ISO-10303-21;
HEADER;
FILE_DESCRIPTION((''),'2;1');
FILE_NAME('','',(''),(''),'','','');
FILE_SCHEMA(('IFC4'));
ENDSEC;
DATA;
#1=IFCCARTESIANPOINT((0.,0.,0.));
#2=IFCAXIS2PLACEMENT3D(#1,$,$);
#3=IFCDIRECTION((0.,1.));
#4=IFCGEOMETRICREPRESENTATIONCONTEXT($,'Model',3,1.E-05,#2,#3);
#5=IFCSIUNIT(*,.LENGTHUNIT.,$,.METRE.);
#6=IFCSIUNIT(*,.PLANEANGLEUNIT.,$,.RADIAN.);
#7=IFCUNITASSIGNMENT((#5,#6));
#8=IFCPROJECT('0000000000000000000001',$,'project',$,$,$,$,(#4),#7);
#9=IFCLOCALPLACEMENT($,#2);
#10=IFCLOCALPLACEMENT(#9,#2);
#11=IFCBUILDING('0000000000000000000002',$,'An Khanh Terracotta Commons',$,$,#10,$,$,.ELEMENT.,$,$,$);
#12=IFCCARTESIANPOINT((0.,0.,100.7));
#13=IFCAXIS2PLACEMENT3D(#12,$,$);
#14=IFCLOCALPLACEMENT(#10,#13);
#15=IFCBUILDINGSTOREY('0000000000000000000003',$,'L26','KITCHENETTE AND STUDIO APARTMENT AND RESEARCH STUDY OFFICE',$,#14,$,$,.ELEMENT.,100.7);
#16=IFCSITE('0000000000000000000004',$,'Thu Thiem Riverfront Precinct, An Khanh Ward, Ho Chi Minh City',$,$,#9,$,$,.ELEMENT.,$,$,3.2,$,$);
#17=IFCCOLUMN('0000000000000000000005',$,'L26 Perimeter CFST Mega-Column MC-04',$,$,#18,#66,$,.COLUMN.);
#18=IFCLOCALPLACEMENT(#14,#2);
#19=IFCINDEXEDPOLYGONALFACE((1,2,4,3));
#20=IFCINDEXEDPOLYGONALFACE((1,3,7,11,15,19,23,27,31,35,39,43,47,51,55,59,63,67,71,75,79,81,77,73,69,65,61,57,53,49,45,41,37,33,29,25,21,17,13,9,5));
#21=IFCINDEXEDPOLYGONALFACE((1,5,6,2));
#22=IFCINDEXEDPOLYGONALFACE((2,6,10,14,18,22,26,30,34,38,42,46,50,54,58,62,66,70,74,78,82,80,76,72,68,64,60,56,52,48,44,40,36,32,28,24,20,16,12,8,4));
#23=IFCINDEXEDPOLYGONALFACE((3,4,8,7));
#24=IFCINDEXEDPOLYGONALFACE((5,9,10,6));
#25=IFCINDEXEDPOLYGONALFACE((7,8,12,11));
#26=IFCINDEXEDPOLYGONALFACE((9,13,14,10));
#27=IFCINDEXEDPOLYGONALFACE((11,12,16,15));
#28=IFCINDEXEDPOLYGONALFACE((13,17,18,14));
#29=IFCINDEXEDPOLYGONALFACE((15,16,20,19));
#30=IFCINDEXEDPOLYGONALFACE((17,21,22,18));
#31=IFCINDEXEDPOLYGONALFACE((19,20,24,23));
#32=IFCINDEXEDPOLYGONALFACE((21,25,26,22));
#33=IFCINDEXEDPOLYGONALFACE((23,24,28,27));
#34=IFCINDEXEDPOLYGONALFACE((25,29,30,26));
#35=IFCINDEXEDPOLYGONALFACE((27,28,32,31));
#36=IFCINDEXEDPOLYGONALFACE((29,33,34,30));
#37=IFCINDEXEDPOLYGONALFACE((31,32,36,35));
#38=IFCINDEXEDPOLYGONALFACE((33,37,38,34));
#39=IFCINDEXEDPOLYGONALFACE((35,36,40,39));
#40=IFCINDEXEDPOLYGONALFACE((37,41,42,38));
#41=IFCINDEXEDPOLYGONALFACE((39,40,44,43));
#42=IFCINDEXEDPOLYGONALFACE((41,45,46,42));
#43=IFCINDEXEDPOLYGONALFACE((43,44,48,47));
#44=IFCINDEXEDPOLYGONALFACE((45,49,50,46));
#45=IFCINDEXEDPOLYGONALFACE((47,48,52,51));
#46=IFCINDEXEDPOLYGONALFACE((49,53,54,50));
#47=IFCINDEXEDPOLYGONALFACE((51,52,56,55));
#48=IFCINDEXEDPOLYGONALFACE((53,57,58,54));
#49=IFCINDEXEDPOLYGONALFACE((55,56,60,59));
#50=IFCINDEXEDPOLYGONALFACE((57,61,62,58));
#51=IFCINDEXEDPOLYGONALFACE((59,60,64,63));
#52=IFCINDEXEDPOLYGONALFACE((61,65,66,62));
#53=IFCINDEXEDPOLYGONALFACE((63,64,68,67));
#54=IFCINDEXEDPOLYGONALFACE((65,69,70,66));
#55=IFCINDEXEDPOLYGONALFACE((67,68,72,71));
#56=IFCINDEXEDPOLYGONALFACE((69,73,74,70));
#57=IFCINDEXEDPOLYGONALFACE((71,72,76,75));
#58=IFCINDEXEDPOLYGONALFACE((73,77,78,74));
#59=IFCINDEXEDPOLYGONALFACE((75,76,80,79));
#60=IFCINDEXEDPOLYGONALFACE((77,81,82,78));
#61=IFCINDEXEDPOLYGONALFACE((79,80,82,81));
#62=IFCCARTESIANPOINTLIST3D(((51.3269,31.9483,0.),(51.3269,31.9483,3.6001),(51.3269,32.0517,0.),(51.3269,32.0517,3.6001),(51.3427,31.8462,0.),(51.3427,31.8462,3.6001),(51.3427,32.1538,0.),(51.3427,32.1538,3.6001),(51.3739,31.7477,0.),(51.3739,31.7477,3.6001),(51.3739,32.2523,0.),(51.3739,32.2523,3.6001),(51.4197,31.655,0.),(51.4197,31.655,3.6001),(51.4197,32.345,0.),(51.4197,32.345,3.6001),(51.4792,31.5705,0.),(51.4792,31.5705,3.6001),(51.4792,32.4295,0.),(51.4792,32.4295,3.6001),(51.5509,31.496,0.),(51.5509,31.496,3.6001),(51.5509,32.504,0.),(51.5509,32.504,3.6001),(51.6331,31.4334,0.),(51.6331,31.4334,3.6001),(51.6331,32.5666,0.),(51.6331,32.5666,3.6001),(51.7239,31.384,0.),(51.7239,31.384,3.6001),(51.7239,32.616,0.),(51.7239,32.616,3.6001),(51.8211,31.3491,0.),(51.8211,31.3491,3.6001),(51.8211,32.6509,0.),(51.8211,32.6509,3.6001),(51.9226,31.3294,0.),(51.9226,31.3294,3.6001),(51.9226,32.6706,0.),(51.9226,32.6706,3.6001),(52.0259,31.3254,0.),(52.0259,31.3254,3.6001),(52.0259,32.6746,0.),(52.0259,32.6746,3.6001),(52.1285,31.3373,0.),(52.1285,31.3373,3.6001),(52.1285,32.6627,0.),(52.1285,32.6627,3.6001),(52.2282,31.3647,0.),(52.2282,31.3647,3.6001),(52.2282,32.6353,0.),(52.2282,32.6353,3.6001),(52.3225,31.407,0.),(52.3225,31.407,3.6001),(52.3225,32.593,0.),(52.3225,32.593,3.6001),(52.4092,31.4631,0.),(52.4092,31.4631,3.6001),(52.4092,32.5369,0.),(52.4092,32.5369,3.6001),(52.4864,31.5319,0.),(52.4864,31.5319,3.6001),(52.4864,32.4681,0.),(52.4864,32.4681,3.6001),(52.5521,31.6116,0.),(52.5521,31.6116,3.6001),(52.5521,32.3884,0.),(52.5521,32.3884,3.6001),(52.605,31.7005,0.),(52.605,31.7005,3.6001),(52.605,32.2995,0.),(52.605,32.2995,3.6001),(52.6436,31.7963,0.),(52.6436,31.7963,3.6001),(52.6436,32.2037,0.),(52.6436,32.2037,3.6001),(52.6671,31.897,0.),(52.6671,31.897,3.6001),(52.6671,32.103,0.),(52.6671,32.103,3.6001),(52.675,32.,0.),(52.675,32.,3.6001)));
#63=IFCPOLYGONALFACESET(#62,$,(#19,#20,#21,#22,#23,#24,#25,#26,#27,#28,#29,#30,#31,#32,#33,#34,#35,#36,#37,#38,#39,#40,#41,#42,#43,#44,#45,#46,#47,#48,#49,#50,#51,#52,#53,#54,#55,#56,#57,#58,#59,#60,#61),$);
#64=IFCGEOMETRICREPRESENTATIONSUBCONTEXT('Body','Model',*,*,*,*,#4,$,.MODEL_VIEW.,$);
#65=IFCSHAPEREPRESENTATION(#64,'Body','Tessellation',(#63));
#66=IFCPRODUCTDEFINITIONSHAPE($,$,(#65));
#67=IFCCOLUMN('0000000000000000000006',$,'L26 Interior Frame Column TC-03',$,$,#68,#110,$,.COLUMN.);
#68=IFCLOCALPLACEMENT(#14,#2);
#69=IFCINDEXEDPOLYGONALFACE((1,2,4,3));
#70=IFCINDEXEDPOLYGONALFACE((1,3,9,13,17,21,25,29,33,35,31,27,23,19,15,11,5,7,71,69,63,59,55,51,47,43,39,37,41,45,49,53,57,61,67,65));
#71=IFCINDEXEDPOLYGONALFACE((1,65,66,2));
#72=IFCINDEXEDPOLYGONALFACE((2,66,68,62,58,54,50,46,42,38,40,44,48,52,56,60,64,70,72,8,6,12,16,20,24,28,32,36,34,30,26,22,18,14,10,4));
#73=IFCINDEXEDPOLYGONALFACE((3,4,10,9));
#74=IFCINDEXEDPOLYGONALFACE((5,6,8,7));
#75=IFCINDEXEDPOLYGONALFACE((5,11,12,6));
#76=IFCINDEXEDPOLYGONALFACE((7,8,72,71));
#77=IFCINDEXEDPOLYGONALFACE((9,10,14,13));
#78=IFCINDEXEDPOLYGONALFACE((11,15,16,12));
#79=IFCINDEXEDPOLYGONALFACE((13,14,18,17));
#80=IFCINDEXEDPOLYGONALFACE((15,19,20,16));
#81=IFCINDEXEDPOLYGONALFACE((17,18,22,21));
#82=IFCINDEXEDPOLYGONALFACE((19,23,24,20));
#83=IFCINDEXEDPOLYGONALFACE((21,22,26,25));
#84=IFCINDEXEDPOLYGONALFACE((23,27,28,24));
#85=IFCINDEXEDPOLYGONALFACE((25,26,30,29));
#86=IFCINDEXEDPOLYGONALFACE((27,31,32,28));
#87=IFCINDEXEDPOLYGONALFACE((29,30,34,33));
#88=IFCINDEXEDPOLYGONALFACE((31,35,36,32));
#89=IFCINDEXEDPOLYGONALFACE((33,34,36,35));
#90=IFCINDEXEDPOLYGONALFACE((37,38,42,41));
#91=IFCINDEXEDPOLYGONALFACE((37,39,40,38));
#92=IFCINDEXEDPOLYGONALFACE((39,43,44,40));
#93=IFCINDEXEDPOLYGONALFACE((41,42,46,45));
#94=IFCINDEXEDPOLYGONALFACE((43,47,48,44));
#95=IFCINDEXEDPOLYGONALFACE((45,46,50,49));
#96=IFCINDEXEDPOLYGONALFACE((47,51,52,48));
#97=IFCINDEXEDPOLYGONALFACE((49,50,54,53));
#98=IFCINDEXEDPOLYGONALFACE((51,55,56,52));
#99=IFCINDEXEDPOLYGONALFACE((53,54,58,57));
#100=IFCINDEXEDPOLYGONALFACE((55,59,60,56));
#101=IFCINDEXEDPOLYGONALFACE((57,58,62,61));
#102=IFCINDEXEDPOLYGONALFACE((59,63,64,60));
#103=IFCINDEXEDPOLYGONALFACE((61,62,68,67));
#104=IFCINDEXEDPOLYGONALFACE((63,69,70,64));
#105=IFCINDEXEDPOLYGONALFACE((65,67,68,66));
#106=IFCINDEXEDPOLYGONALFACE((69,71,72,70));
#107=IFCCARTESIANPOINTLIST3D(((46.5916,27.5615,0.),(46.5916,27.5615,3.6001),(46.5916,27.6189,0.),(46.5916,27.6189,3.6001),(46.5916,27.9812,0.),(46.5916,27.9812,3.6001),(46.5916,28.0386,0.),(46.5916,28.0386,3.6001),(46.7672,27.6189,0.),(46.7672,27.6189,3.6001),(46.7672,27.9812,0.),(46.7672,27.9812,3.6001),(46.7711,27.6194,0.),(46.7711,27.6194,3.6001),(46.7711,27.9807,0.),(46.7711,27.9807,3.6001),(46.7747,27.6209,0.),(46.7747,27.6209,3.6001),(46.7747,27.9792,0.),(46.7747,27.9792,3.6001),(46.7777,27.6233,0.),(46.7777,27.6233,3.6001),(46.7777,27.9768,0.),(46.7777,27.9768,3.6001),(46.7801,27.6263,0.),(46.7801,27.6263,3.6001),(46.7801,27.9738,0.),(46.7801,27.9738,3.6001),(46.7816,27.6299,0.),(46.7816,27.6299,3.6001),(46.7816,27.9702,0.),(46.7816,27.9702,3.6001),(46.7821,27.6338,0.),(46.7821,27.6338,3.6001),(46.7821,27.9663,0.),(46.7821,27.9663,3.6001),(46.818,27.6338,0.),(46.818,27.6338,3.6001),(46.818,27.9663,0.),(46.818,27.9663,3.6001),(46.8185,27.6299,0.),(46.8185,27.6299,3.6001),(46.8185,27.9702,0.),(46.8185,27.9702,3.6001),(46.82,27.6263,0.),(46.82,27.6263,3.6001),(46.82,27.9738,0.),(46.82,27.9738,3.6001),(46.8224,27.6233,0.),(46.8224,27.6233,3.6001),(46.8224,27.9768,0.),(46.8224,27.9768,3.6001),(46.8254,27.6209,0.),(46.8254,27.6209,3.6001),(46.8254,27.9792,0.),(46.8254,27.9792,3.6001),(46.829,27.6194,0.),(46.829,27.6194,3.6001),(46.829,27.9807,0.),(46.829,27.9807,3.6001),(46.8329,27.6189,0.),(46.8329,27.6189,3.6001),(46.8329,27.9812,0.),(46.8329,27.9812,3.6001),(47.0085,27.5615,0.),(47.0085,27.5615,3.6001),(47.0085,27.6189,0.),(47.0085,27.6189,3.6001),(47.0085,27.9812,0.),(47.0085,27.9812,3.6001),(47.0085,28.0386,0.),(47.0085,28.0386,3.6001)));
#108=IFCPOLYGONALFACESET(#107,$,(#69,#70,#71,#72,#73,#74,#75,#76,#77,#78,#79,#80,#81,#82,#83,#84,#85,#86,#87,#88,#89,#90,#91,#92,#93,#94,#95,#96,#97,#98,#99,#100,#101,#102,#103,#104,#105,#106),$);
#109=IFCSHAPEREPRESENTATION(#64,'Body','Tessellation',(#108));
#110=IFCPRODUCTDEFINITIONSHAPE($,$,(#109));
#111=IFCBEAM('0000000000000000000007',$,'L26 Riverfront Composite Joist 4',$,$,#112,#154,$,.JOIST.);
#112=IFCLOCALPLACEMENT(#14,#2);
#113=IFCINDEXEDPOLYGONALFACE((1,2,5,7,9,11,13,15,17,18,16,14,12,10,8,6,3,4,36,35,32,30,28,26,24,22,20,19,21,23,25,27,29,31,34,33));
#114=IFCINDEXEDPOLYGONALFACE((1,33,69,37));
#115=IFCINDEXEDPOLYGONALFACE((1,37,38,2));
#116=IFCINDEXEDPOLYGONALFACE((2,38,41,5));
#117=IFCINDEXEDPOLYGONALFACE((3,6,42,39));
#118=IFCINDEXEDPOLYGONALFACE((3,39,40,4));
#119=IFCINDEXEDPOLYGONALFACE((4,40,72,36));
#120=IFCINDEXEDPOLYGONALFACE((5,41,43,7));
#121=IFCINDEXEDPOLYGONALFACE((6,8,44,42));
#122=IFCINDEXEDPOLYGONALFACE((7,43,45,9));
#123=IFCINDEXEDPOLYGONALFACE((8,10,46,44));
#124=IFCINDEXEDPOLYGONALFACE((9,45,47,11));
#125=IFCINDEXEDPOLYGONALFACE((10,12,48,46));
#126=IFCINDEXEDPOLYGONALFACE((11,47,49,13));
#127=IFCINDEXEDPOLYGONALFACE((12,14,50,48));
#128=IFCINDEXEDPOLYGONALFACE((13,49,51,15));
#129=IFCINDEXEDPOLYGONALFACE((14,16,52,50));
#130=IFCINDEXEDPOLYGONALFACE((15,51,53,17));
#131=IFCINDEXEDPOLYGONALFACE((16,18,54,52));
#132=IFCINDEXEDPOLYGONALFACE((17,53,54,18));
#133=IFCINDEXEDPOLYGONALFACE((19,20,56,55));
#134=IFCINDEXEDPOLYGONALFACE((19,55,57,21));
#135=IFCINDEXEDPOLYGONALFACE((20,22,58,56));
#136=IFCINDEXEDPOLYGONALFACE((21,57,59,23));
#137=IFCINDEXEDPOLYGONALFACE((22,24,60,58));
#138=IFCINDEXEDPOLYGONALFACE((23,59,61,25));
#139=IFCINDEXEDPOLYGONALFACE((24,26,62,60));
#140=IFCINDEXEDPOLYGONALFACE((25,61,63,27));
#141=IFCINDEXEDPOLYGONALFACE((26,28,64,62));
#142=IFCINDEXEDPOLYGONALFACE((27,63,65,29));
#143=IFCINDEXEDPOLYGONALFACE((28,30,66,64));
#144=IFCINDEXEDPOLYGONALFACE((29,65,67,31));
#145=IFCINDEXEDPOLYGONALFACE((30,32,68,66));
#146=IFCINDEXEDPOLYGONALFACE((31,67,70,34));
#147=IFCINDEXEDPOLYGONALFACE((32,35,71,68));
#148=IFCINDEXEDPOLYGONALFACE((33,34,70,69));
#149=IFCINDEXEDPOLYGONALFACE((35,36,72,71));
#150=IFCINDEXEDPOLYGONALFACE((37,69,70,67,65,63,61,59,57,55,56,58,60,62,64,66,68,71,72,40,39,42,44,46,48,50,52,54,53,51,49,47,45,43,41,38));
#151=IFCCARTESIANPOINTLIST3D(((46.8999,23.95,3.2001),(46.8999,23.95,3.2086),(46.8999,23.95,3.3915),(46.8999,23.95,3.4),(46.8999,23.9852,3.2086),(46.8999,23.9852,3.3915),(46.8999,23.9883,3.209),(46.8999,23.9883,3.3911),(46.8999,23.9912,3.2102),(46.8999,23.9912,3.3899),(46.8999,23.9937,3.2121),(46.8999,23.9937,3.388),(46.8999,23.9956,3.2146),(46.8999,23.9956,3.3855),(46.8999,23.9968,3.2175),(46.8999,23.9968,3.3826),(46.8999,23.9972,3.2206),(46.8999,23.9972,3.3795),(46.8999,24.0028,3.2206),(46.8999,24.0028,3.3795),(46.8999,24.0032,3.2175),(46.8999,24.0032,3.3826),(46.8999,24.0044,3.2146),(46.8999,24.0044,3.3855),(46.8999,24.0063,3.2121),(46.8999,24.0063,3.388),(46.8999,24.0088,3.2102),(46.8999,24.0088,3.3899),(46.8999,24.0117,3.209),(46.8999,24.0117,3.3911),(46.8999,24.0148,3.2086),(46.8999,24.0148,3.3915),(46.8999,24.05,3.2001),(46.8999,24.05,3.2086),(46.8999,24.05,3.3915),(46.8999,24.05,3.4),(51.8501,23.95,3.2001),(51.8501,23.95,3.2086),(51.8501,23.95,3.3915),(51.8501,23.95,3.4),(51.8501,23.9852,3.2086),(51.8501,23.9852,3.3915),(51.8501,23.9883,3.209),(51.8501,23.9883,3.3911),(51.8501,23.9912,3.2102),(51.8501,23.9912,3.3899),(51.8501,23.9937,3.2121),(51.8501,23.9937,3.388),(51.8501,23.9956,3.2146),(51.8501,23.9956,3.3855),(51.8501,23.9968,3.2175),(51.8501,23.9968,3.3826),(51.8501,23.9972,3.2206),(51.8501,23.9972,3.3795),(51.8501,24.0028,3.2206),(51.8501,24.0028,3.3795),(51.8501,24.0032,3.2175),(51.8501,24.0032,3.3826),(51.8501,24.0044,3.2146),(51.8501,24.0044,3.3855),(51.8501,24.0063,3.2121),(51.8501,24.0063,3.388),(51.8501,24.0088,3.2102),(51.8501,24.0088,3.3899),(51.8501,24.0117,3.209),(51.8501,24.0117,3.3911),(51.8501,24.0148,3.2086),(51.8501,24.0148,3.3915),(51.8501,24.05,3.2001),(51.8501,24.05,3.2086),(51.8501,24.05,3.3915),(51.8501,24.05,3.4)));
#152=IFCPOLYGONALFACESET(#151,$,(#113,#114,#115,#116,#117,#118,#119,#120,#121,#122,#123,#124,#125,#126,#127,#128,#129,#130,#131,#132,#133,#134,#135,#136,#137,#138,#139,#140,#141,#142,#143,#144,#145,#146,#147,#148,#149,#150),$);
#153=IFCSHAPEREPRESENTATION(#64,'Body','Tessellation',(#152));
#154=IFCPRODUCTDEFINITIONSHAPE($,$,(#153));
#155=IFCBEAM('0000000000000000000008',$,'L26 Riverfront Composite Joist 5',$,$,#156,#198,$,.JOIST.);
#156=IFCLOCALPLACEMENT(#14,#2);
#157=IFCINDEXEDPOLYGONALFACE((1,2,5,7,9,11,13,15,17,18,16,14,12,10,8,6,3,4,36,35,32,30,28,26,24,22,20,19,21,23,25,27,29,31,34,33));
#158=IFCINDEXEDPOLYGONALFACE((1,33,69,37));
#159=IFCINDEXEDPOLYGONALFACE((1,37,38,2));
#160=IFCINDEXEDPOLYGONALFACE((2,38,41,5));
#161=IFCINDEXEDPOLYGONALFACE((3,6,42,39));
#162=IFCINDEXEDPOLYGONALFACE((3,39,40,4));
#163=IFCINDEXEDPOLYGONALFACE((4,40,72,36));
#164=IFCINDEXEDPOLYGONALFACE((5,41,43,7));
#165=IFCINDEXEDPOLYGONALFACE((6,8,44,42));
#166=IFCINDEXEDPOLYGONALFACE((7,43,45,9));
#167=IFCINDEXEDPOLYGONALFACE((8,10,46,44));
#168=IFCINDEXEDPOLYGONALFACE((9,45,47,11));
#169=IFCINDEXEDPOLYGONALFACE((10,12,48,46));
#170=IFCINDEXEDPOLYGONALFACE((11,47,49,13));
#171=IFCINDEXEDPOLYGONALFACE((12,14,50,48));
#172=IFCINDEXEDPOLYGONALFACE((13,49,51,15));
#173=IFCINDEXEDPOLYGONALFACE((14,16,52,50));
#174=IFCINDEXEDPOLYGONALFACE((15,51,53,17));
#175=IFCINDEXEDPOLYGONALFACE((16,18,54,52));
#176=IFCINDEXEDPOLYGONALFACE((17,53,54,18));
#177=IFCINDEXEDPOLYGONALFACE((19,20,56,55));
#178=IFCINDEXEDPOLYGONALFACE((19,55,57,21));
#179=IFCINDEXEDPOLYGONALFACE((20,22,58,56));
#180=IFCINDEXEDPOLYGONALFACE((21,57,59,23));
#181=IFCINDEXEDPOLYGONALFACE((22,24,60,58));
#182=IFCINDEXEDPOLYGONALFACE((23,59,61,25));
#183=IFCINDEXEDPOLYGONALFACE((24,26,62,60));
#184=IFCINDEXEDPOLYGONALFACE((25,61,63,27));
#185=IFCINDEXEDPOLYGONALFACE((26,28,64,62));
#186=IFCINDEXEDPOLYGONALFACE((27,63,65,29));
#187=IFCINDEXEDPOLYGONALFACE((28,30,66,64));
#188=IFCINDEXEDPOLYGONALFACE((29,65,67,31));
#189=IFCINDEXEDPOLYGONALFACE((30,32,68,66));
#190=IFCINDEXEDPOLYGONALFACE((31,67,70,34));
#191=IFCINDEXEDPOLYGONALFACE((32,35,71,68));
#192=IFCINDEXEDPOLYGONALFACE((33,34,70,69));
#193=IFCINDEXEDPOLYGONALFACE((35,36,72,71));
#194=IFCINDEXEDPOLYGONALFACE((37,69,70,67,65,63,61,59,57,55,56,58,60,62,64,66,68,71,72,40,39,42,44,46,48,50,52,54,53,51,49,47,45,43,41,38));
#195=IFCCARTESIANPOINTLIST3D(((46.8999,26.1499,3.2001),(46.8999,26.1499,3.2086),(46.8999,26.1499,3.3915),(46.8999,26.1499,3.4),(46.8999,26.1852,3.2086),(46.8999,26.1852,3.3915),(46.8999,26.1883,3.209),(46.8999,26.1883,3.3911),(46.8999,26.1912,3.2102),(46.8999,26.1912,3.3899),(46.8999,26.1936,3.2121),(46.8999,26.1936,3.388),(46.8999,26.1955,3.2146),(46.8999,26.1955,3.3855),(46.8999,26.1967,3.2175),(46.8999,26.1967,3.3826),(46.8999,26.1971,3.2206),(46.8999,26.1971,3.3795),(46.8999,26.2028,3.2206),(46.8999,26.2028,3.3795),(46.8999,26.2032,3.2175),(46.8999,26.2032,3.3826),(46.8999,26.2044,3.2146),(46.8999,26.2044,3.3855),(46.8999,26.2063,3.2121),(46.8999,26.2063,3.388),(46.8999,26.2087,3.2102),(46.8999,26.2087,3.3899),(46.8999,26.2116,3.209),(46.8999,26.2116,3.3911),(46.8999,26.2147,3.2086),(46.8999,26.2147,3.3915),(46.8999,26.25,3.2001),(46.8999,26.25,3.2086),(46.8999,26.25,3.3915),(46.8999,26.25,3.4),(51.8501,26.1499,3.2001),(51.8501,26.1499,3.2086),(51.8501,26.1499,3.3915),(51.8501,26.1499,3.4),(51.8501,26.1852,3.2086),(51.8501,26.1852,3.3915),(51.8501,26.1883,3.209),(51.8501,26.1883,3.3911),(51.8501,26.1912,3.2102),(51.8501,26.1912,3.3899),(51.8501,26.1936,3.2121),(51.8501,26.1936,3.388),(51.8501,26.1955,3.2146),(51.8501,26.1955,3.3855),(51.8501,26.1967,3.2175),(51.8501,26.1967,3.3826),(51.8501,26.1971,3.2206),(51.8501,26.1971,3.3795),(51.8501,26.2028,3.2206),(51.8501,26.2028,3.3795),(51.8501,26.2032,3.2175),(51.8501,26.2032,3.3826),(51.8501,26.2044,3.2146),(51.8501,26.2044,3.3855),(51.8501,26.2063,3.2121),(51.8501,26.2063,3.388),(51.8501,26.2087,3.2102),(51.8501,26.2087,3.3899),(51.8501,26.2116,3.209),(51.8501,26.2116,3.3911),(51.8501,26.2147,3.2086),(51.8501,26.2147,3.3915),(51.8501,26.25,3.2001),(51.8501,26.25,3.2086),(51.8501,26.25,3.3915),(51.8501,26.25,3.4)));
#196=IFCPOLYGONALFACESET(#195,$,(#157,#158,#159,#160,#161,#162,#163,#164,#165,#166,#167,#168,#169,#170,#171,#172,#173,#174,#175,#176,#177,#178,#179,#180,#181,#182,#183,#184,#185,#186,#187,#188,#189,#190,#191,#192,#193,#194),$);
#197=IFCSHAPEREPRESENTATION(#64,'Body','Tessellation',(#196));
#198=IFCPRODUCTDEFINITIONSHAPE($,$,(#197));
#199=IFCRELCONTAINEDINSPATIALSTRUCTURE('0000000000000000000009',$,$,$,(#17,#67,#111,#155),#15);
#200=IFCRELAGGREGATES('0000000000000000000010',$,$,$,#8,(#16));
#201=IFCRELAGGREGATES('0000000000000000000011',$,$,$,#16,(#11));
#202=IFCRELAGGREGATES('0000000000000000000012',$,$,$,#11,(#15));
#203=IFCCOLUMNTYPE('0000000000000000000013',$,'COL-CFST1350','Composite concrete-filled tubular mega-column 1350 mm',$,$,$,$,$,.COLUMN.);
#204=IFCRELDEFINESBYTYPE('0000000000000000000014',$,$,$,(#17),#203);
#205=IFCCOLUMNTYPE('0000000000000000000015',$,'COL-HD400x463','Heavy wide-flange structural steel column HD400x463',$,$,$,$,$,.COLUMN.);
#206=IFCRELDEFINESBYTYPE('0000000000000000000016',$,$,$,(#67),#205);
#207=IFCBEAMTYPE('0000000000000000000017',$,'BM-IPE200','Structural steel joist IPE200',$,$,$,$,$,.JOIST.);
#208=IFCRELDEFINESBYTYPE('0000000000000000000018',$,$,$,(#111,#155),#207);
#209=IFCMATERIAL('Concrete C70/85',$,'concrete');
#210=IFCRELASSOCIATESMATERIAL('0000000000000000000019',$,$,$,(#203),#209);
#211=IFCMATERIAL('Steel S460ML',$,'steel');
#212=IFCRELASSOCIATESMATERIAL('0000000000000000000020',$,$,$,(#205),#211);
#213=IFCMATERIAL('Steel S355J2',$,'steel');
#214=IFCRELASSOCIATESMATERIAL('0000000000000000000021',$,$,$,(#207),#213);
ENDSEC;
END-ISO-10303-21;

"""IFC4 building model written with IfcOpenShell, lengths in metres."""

from ifc_helpers import new_model, si_unit, direction, frame, origin, origin_2d, place, context, subcontext, project, spatial, circle, i_section, extrude, material, material_profile, profile_set, type_object, element, save


model = new_model("IFC4")

# Units and contexts
model_context = context("Model", 3, precision=1e-05, world=origin(), true_north=direction((0.0, 1.0)))
body_context = subcontext(model_context, "Body", "Model", "MODEL_VIEW")
ifc_project = project(units=[si_unit("LENGTHUNIT", "METRE"), si_unit("PLANEANGLEUNIT", "RADIAN")], contexts=[model_context])

# Site, building, storey
site_placement = place(None, origin())
site = spatial("IfcSite", under=ifc_project, at=site_placement, Name="Thu Thiem Riverfront Precinct, An Khanh Ward, Ho Chi Minh City", CompositionType="ELEMENT", RefElevation=3.2)
building_placement = place(site_placement, origin())
building = spatial("IfcBuilding", under=site, at=building_placement, Name="An Khanh Terracotta Commons", CompositionType="ELEMENT")
storey_placement = place(building_placement, frame((0.0, 0.0, 100.7)))
storey = spatial("IfcBuildingStorey", under=building, at=storey_placement, Name="L26", Description="KITCHENETTE AND STUDIO APARTMENT AND RESEARCH STUDY OFFICE", CompositionType="ELEMENT", Elevation=100.7)

# Columns
ifc_material_1 = material(Name="Concrete C70/85", Category="concrete")
ifc_material_profile_1 = material_profile(ifc_material_1, circle(Radius=0.675, at=origin_2d()), Name="CFST1350")
ifc_profile_set_1 = profile_set([ifc_material_profile_1], Name="Concrete C70/85")
column_type_1 = type_object("IfcColumnType", Name="COL-CFST1350", Description="Composite concrete-filled tubular mega-column 1350 mm", PredefinedType="COLUMN", material=ifc_profile_set_1)
column_1_placement = place(storey_placement, frame((52.0, 32.0, 0.0), z_axis=(0.0, 0.0, 1.0), x_axis=(1.0, 0.0, 0.0)))
element("IfcColumn", 1, at=column_1_placement, inside=storey, type_object=column_type_1, Name="L26 Perimeter CFST Mega-Column MC-04", PredefinedType="COLUMN", context=body_context, shape_type="SweptSolid", body=[
    extrude(circle(Radius=0.675, at=origin_2d()), origin(), (0.0, 0.0, 1.0), 3.6001),
])
ifc_material_2 = material(Name="Steel S460ML", Category="steel")
ifc_material_profile_2 = material_profile(ifc_material_2, i_section(OverallWidth=0.417, OverallDepth=0.4771, WebThickness=0.0359, FlangeThickness=0.0574, FilletRadius=0.0149, at=origin_2d()), Name="HD400x463")
ifc_profile_set_2 = profile_set([ifc_material_profile_2], Name="Steel S460ML")
column_type_2 = type_object("IfcColumnType", Name="COL-HD400x463", Description="Heavy wide-flange structural steel column HD400x463", PredefinedType="COLUMN", material=ifc_profile_set_2)
column_2_placement = place(storey_placement, frame((46.8, 27.8, 0.0), z_axis=(0.0, 0.0, 1.0), x_axis=(1.0, 0.0, 0.0)))
element("IfcColumn", 2, at=column_2_placement, inside=storey, type_object=column_type_2, Name="L26 Interior Frame Column TC-03", PredefinedType="COLUMN", context=body_context, shape_type="SweptSolid", body=[
    extrude(i_section(OverallWidth=0.417, OverallDepth=0.4771, WebThickness=0.0359, FlangeThickness=0.0574, FilletRadius=0.0149, at=origin_2d()), origin(), (0.0, 0.0, 1.0), 3.6001),
])

# Beams
ifc_material_3 = material(Name="Steel S355J2", Category="steel")
ifc_material_profile_3 = material_profile(ifc_material_3, i_section(OverallWidth=0.1001, OverallDepth=0.2, WebThickness=0.0056, FlangeThickness=0.0085, FilletRadius=0.012, at=origin_2d()), Name="IPE200")
ifc_profile_set_3 = profile_set([ifc_material_profile_3], Name="Steel S355J2")
beam_type_1 = type_object("IfcBeamType", Name="BM-IPE200", Description="Structural steel joist IPE200", PredefinedType="JOIST", material=ifc_profile_set_3)
for number, where, z_axis, x_axis, name in (
    (3, (46.8999, 24.0, 3.3), (1.0, 0.0, 0.0), (0.0, 1.0, 0.0), "L26 Riverfront Composite Joist 4"),
    (4, (46.8999, 26.2, 3.3), (1.0, 0.0, 0.0), (0.0, 1.0, 0.0), "L26 Riverfront Composite Joist 5"),
):
    element("IfcBeam", number, at=place(storey_placement, frame(where, z_axis=z_axis, x_axis=x_axis)), inside=storey, type_object=beam_type_1, Name=name, PredefinedType="JOIST", context=body_context, shape_type="SweptSolid", body=[
        extrude(i_section(OverallWidth=0.1001, OverallDepth=0.2, WebThickness=0.0056, FlangeThickness=0.0085, FilletRadius=0.012, at=origin_2d()), origin(), (0.0, 0.0, 1.0), 4.9502),
    ])

save(model, "model.ifc")
